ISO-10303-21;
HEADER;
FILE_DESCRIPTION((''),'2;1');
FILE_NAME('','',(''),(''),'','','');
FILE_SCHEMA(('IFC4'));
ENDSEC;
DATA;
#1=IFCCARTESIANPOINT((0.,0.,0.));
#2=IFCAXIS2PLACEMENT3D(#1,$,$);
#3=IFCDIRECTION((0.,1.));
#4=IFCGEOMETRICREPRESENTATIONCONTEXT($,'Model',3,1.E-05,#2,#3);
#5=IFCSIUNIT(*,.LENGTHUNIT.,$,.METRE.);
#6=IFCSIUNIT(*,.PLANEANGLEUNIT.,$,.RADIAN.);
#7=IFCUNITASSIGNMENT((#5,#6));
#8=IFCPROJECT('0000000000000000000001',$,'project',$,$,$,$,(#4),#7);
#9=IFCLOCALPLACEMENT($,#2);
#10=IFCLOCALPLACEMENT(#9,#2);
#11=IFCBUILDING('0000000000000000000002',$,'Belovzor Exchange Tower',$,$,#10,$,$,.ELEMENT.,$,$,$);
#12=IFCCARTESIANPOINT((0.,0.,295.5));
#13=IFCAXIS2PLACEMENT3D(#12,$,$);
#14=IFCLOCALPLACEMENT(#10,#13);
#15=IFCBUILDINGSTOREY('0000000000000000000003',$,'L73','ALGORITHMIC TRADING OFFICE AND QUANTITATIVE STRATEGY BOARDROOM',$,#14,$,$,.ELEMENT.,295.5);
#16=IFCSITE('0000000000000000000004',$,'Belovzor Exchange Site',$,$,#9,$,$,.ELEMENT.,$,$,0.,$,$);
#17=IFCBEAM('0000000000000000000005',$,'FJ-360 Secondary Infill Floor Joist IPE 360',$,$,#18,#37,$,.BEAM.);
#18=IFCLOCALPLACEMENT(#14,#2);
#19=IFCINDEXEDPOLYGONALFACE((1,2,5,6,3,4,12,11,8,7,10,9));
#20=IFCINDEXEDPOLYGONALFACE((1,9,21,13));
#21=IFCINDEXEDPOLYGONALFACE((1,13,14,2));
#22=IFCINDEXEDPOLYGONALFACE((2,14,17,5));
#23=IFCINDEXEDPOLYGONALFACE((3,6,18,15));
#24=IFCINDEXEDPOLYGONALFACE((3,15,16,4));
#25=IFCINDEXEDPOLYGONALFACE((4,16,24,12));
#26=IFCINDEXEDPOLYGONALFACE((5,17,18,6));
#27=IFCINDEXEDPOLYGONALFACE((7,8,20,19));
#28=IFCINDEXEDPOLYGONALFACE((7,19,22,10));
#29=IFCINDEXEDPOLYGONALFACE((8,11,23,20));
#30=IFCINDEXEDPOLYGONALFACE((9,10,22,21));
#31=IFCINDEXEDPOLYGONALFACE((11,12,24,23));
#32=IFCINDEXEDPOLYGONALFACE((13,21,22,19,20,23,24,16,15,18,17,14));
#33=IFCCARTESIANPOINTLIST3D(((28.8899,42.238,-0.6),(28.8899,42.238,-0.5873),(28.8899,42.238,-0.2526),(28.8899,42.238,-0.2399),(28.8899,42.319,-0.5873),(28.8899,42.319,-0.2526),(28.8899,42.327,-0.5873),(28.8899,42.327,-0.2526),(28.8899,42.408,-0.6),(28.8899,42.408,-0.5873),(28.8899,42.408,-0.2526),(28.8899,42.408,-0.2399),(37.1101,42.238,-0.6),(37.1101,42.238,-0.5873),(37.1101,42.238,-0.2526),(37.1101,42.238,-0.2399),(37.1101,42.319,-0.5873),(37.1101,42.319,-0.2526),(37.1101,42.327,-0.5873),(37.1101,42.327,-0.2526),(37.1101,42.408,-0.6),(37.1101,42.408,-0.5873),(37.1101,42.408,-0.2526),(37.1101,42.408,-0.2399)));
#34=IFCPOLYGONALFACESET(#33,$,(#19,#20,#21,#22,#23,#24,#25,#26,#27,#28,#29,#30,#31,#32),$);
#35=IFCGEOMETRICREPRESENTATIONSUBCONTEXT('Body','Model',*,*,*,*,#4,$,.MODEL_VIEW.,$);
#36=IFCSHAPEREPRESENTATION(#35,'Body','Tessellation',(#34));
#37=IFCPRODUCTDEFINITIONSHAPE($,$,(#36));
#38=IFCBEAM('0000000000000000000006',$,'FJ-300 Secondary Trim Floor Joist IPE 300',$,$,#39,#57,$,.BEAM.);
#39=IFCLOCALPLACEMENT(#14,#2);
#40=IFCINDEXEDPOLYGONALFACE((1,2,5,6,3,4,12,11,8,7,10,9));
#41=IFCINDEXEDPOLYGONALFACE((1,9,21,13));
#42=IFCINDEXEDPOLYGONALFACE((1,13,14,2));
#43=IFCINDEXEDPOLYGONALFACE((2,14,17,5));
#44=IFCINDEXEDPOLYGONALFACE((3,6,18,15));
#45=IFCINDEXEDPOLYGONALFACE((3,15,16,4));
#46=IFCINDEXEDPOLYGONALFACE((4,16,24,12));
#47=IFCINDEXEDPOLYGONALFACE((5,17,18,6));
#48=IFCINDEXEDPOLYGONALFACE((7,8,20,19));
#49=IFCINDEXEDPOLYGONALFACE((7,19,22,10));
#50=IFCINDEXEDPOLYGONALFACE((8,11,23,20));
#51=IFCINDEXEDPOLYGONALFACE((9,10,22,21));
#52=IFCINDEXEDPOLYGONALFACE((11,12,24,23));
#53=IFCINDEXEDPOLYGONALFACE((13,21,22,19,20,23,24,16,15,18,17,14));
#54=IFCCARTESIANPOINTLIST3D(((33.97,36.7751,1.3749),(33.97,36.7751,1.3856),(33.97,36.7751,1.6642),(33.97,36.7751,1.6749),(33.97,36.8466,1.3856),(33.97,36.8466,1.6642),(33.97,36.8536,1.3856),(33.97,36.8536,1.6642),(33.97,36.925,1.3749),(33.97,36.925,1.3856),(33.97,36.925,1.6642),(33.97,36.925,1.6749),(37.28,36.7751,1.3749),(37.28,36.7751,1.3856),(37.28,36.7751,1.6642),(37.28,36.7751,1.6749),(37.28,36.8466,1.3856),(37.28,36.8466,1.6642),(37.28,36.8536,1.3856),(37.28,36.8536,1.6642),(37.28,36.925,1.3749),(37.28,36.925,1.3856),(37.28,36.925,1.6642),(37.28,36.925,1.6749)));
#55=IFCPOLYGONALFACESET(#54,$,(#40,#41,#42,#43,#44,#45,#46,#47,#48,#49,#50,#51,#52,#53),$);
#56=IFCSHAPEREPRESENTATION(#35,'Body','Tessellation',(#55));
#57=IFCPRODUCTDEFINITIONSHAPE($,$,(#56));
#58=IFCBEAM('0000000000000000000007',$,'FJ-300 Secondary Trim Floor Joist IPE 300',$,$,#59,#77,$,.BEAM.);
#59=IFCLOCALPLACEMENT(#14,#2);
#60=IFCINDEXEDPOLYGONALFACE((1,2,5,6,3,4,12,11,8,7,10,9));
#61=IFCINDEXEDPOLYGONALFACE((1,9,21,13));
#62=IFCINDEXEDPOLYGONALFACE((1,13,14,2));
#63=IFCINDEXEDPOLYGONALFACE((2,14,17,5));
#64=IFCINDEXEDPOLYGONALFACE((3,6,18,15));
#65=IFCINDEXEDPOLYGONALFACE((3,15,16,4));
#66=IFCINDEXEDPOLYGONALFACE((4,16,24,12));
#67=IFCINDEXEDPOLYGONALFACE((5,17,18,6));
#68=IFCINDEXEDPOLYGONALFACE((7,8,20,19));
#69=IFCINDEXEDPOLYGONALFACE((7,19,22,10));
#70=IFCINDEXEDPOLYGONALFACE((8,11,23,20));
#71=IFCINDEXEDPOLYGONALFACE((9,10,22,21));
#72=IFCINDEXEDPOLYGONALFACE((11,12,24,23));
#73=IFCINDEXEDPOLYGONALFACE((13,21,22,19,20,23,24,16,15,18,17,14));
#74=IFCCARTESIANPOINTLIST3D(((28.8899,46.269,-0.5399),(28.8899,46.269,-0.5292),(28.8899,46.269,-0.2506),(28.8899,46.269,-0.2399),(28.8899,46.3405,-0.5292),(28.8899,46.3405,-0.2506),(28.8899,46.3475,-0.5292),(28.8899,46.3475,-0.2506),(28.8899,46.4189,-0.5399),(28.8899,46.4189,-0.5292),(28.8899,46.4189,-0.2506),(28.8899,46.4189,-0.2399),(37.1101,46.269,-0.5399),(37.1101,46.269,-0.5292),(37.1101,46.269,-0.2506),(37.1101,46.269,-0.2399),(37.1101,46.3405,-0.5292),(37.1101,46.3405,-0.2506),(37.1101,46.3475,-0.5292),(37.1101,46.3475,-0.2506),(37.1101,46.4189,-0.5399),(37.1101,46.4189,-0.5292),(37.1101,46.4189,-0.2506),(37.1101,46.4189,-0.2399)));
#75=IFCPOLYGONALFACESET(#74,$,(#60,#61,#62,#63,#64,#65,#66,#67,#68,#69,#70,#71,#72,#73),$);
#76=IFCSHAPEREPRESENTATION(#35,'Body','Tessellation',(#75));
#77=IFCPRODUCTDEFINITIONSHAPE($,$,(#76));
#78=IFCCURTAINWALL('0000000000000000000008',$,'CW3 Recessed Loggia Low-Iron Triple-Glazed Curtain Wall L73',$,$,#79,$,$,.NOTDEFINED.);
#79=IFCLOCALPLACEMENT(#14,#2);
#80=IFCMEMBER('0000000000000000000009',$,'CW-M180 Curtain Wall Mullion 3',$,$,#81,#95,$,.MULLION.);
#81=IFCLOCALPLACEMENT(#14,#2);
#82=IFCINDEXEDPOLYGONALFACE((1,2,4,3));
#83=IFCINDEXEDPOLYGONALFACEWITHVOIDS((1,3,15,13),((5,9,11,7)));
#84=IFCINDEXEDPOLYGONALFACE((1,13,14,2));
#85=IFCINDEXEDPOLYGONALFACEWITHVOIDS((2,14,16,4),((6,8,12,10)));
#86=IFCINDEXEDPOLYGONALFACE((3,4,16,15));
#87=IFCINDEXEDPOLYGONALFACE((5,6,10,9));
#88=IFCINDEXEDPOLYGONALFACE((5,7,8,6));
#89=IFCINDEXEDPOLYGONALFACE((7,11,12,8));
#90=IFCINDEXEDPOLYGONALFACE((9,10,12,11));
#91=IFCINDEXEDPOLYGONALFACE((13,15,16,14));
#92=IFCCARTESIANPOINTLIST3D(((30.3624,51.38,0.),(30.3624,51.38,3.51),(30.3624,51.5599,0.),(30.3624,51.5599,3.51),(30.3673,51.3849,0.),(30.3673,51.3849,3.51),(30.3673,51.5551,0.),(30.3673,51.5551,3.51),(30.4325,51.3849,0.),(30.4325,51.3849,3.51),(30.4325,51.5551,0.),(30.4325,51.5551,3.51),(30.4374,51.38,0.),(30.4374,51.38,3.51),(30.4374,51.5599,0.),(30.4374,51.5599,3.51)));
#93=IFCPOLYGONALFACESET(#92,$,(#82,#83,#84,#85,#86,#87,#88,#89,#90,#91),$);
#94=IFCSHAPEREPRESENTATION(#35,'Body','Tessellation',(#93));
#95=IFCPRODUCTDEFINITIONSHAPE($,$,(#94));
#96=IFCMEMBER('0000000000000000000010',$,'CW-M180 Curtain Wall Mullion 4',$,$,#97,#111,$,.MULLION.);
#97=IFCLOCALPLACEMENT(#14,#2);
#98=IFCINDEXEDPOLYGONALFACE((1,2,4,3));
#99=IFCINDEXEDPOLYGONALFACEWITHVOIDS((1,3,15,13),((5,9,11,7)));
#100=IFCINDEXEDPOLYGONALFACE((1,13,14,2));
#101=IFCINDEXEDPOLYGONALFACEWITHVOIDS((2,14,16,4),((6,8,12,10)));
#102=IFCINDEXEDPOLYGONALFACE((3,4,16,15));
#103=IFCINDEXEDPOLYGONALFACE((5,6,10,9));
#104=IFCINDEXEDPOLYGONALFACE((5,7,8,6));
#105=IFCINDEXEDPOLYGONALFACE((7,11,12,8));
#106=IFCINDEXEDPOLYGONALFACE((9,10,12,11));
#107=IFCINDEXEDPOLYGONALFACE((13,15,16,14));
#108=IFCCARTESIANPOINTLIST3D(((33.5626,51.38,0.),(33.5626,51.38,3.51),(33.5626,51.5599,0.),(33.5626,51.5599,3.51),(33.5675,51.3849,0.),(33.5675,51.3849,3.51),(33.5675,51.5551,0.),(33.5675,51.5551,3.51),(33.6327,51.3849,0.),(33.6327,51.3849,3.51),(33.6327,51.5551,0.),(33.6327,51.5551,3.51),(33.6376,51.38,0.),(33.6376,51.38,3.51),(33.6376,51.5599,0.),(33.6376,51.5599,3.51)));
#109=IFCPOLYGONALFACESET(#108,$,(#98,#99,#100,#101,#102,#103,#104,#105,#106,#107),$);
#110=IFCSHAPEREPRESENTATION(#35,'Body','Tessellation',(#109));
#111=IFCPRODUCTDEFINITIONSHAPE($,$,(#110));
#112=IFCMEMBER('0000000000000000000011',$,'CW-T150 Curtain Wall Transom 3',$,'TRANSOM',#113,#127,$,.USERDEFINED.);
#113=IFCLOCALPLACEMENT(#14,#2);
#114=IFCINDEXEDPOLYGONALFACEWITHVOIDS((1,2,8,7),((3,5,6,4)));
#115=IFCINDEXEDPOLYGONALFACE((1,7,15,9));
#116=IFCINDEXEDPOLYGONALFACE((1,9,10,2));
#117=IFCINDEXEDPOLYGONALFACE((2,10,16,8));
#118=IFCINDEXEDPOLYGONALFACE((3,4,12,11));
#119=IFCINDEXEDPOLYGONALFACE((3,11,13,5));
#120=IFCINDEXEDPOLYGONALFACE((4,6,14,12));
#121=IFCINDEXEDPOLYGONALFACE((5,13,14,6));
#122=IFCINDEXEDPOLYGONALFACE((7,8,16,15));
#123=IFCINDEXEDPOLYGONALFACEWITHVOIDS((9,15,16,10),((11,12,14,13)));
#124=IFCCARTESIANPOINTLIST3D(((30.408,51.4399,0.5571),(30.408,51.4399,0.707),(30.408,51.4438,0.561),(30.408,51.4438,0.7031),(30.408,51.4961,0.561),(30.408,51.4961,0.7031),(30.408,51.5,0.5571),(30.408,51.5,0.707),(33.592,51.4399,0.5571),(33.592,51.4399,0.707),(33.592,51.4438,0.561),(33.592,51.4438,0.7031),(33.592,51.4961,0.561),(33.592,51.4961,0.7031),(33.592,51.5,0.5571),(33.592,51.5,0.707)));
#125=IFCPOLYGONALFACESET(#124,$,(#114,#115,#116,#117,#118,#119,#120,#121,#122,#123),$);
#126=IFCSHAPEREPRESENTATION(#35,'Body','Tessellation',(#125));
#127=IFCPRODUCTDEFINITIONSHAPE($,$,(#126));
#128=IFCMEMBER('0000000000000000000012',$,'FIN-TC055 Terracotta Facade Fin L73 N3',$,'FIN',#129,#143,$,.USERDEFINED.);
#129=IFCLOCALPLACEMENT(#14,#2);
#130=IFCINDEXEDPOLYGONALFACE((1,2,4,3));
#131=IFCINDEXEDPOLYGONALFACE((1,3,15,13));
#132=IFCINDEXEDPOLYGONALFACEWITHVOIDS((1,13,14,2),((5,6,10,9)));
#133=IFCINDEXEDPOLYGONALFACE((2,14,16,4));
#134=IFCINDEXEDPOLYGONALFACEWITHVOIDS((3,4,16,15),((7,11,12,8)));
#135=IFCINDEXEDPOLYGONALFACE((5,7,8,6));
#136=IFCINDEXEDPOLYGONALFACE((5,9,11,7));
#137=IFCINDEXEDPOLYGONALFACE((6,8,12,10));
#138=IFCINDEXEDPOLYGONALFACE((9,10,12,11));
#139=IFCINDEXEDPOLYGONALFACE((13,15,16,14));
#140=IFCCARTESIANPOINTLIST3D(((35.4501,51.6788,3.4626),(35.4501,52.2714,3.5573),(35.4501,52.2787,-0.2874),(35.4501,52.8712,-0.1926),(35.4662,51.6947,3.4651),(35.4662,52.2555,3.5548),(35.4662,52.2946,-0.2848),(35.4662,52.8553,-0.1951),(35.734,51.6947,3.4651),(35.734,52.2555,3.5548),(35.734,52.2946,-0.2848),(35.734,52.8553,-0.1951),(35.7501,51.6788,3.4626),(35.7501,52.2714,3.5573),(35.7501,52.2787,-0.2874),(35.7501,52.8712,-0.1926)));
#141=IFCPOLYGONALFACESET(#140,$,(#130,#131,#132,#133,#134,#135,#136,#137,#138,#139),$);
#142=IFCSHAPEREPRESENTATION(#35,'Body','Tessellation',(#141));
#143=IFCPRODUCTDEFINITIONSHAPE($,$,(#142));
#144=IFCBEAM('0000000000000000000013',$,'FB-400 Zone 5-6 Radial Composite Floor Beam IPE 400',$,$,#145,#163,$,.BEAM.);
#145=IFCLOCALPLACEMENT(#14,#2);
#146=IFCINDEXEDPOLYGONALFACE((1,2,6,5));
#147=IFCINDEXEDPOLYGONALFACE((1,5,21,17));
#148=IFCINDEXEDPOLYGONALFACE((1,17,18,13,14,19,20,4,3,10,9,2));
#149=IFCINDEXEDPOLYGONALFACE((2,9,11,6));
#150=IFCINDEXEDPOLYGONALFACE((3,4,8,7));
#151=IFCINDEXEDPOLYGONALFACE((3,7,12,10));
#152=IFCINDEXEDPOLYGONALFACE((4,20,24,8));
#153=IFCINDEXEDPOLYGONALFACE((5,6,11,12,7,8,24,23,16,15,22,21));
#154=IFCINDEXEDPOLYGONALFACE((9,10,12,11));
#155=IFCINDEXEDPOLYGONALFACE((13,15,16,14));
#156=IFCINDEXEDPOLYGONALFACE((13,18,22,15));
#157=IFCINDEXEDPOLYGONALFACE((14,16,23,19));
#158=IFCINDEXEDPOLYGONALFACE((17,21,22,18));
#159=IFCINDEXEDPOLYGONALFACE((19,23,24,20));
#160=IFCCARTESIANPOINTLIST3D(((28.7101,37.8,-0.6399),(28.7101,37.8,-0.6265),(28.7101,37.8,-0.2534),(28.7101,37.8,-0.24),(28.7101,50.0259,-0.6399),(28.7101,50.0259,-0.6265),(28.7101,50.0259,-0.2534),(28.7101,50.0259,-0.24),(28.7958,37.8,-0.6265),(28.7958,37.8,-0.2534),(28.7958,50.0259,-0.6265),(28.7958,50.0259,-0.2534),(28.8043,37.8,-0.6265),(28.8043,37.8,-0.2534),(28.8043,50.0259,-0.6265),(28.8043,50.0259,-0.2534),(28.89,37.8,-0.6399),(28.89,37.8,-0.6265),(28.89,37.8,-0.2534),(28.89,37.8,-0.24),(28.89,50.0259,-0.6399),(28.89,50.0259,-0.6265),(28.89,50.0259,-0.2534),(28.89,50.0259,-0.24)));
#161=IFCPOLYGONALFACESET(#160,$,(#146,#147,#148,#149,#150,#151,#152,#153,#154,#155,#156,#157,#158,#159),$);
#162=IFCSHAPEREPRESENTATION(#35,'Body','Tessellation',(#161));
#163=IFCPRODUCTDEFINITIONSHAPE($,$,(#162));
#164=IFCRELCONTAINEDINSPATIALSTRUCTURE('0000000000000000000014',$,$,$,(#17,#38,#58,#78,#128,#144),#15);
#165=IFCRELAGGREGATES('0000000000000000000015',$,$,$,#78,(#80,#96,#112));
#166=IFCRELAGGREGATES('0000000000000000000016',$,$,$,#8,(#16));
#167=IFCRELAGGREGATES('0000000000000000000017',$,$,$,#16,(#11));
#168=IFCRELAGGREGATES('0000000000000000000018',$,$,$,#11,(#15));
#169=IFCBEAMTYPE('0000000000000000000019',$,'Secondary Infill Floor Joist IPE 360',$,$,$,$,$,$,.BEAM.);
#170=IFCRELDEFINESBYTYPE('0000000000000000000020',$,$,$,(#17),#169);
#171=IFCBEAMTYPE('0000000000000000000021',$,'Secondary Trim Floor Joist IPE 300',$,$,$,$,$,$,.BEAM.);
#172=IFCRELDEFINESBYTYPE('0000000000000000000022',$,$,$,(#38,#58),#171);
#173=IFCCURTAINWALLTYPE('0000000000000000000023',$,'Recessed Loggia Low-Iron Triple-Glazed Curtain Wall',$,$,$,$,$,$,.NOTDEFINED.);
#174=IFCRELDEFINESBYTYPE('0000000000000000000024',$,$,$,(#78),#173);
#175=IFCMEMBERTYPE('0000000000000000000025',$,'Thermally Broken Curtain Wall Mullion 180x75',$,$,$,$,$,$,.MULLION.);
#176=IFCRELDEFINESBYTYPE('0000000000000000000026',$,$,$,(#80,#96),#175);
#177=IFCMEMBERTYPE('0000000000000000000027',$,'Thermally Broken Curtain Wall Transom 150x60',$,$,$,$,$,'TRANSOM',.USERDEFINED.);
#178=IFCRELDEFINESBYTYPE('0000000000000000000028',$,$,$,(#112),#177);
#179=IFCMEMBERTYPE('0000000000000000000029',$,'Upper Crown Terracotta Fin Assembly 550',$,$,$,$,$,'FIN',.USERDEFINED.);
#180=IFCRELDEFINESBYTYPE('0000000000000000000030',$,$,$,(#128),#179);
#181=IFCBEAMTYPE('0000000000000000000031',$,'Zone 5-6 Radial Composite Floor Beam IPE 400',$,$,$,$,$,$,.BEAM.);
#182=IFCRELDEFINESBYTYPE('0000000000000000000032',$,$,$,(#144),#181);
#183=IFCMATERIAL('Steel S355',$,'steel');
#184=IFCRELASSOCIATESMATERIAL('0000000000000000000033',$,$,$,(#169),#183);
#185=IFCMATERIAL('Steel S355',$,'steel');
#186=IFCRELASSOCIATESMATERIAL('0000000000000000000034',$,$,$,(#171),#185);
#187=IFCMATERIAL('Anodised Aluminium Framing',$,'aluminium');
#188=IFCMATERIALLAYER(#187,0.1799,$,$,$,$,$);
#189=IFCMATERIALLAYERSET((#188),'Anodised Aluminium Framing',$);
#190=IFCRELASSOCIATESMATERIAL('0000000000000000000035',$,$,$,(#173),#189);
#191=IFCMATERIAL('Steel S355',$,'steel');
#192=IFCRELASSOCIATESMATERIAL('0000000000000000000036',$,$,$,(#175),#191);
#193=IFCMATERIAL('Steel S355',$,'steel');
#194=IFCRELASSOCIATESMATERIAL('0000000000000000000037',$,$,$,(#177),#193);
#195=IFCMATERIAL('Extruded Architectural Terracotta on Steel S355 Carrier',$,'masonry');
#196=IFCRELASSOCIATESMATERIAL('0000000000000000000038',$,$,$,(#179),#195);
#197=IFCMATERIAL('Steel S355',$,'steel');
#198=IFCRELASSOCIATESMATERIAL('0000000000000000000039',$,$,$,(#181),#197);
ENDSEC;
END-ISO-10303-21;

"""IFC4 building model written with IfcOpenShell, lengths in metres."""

from ifc_helpers import new_model, si_unit, direction, frame, origin, origin_2d, place, context, subcontext, project, spatial, hollow_rectangle, i_section, extrude, material, layer, layer_set, material_profile, profile_set, type_object, element, aggregate, save


model = new_model("IFC4")

# Units and contexts
model_context = context("Model", 3, precision=1e-05, world=origin(), true_north=direction((0.0, 1.0)))
body_context = subcontext(model_context, "Body", "Model", "MODEL_VIEW")
ifc_project = project(units=[si_unit("LENGTHUNIT", "METRE"), si_unit("PLANEANGLEUNIT", "RADIAN")], contexts=[model_context])

# Site, building, storey
site_placement = place(None, origin())
site = spatial("IfcSite", under=ifc_project, at=site_placement, Name="Belovzor Exchange Site", CompositionType="ELEMENT", RefElevation=0.0)
building_placement = place(site_placement, origin())
building = spatial("IfcBuilding", under=site, at=building_placement, Name="Belovzor Exchange Tower", CompositionType="ELEMENT")
storey_placement = place(building_placement, frame((0.0, 0.0, 295.5)))
storey = spatial("IfcBuildingStorey", under=building, at=storey_placement, Name="L73", Description="ALGORITHMIC TRADING OFFICE AND QUANTITATIVE STRATEGY BOARDROOM", CompositionType="ELEMENT", Elevation=295.5)

# Beams
ifc_material_1 = material(Name="Steel S355", Category="steel")
ifc_material_profile_1 = material_profile(ifc_material_1, i_section(OverallWidth=0.1699, OverallDepth=0.3601, WebThickness=0.0081, FlangeThickness=0.0127, at=origin_2d()))
ifc_profile_set_1 = profile_set([ifc_material_profile_1], Name="Steel S355")
beam_type_1 = type_object("IfcBeamType", Name="Secondary Infill Floor Joist IPE 360", PredefinedType="BEAM", material=ifc_profile_set_1)
beam_1_placement = place(storey_placement, frame((28.8899, 42.323, -0.4199), z_axis=(1.0, 0.0, 0.0), x_axis=(0.0, 1.0, 0.0)))
element("IfcBeam", 1, at=beam_1_placement, inside=storey, type_object=beam_type_1, Name="FJ-360 Secondary Infill Floor Joist IPE 360", PredefinedType="BEAM", context=body_context, shape_type="SweptSolid", body=[
    extrude(i_section(OverallWidth=0.1699, OverallDepth=0.3601, WebThickness=0.0081, FlangeThickness=0.0127, at=origin_2d()), origin(), (0.0, 0.0, 1.0), 8.2202),
])
ifc_material_2 = material(Name="Steel S355", Category="steel")
ifc_material_profile_2 = material_profile(ifc_material_2, i_section(OverallWidth=0.1499, OverallDepth=0.3, WebThickness=0.0071, FlangeThickness=0.0107, at=origin_2d()))
ifc_profile_set_2 = profile_set([ifc_material_profile_2], Name="Steel S355")
beam_type_2 = type_object("IfcBeamType", Name="Secondary Trim Floor Joist IPE 300", PredefinedType="BEAM", material=ifc_profile_set_2)
beam_2_placement = place(storey_placement, frame((37.28, 36.8501, 1.5249), z_axis=(-1.0, 0.0, 0.0), x_axis=(0.0, -1.0, 0.0)))
element("IfcBeam", 2, at=beam_2_placement, inside=storey, type_object=beam_type_2, Name="FJ-300 Secondary Trim Floor Joist IPE 300", PredefinedType="BEAM", context=body_context, shape_type="SweptSolid", body=[
    extrude(i_section(OverallWidth=0.1499, OverallDepth=0.3, WebThickness=0.0071, FlangeThickness=0.0107, at=origin_2d()), origin(), (0.0, 0.0, 1.0), 3.3101),
])
beam_3_placement = place(storey_placement, frame((28.8899, 46.344, -0.3899), z_axis=(1.0, 0.0, 0.0), x_axis=(0.0, 1.0, 0.0)))
element("IfcBeam", 3, at=beam_3_placement, inside=storey, type_object=beam_type_2, Name="FJ-300 Secondary Trim Floor Joist IPE 300", PredefinedType="BEAM", context=body_context, shape_type="SweptSolid", body=[
    extrude(i_section(OverallWidth=0.1499, OverallDepth=0.3, WebThickness=0.0071, FlangeThickness=0.0107, at=origin_2d()), origin(), (0.0, 0.0, 1.0), 8.2202),
])

# Curtain wall, members
ifc_material_3 = material(Name="Anodised Aluminium Framing", Category="aluminium")
ifc_layer_1 = layer(ifc_material_3, 0.1799)
ifc_layer_set_1 = layer_set([ifc_layer_1], Name="Anodised Aluminium Framing")
curtain_wall_type = type_object("IfcCurtainWallType", Name="Recessed Loggia Low-Iron Triple-Glazed Curtain Wall", PredefinedType="NOTDEFINED", material=ifc_layer_set_1)
curtain_wall_placement = place(storey_placement, origin())
curtain_wall = element("IfcCurtainWall", 4, at=curtain_wall_placement, inside=storey, type_object=curtain_wall_type, Name="CW3 Recessed Loggia Low-Iron Triple-Glazed Curtain Wall L73", PredefinedType="NOTDEFINED")
ifc_material_4 = material(Name="Steel S355", Category="steel")
ifc_material_profile_3 = material_profile(ifc_material_4, hollow_rectangle(XDim=0.075, YDim=0.1799, WallThickness=0.0049, at=origin_2d()))
ifc_profile_set_3 = profile_set([ifc_material_profile_3], Name="Steel S355")
member_type_1 = type_object("IfcMemberType", Name="Thermally Broken Curtain Wall Mullion 180x75", PredefinedType="MULLION", material=ifc_profile_set_3)
member_1_placement = place(storey_placement, frame((30.3999, 51.47, 0.0), z_axis=(0.0, 0.0, 1.0), x_axis=(1.0, 0.0, 0.0)))
member_1 = element("IfcMember", 5, at=member_1_placement, type_object=member_type_1, Name="CW-M180 Curtain Wall Mullion 3", PredefinedType="MULLION", context=body_context, shape_type="SweptSolid", body=[
    extrude(hollow_rectangle(XDim=0.075, YDim=0.1799, WallThickness=0.0049, at=origin_2d()), origin(), (0.0, 0.0, 1.0), 3.51),
])
member_2_placement = place(storey_placement, frame((33.6001, 51.47, 0.0), z_axis=(0.0, 0.0, 1.0), x_axis=(1.0, 0.0, 0.0)))
member_2 = element("IfcMember", 6, at=member_2_placement, type_object=member_type_1, Name="CW-M180 Curtain Wall Mullion 4", PredefinedType="MULLION", context=body_context, shape_type="SweptSolid", body=[
    extrude(hollow_rectangle(XDim=0.075, YDim=0.1799, WallThickness=0.0049, at=origin_2d()), origin(), (0.0, 0.0, 1.0), 3.51),
])
ifc_material_5 = material(Name="Steel S355", Category="steel")
ifc_material_profile_4 = material_profile(ifc_material_5, hollow_rectangle(XDim=0.0601, YDim=0.1499, WallThickness=0.0039, at=origin_2d()))
ifc_profile_set_4 = profile_set([ifc_material_profile_4], Name="Steel S355")
member_type_2 = type_object("IfcMemberType", Name="Thermally Broken Curtain Wall Transom 150x60", ElementType="TRANSOM", PredefinedType="USERDEFINED", material=ifc_profile_set_4)
member_3_placement = place(storey_placement, frame((30.408, 51.47, 0.6321), z_axis=(1.0, 0.0, 0.0), x_axis=(0.0, 1.0, 0.0)))
member_3 = element("IfcMember", 7, at=member_3_placement, type_object=member_type_2, Name="CW-T150 Curtain Wall Transom 3", ObjectType="TRANSOM", PredefinedType="USERDEFINED", context=body_context, shape_type="SweptSolid", body=[
    extrude(hollow_rectangle(XDim=0.0601, YDim=0.1499, WallThickness=0.0039, at=origin_2d()), origin(), (0.0, 0.0, 1.0), 3.1841),
])

# Member
ifc_material_6 = material(Name="Extruded Architectural Terracotta on Steel S355 Carrier", Category="masonry")
ifc_material_profile_5 = material_profile(ifc_material_6, hollow_rectangle(XDim=0.3, YDim=0.6001, WallThickness=0.0161, at=origin_2d()))
ifc_profile_set_5 = profile_set([ifc_material_profile_5], Name="Extruded Architectural Terracotta on Steel S355 Carrier")
member_type_3 = type_object("IfcMemberType", Name="Upper Crown Terracotta Fin Assembly 550", ElementType="FIN", PredefinedType="USERDEFINED", material=ifc_profile_set_5)
member_4_placement = place(storey_placement, frame((35.6001, 52.575, -0.24), z_axis=(0.0, -0.157953, 0.987447), x_axis=(1.0, 0.0, 0.0)))
element("IfcMember", 8, at=member_4_placement, inside=storey, type_object=member_type_3, Name="FIN-TC055 Terracotta Facade Fin L73 N3", ObjectType="FIN", PredefinedType="USERDEFINED", context=body_context, shape_type="SweptSolid", body=[
    extrude(hollow_rectangle(XDim=0.3, YDim=0.6001, WallThickness=0.0161, at=origin_2d()), origin(), (0.0, 0.0, 1.0), 3.7976),
])

# Beam
ifc_material_7 = material(Name="Steel S355", Category="steel")
ifc_material_profile_6 = material_profile(ifc_material_7, i_section(OverallWidth=0.1799, OverallDepth=0.3999, WebThickness=0.0085, FlangeThickness=0.0134, at=origin_2d()))
ifc_profile_set_6 = profile_set([ifc_material_profile_6], Name="Steel S355")
beam_type_3 = type_object("IfcBeamType", Name="Zone 5-6 Radial Composite Floor Beam IPE 400", PredefinedType="BEAM", material=ifc_profile_set_6)
beam_4_placement = place(storey_placement, frame((28.8, 37.8, -0.4399), z_axis=(0.0, 1.0, 0.0), x_axis=(-1.0, 0.0, 0.0)))
element("IfcBeam", 9, at=beam_4_placement, inside=storey, type_object=beam_type_3, Name="FB-400 Zone 5-6 Radial Composite Floor Beam IPE 400", PredefinedType="BEAM", context=body_context, shape_type="SweptSolid", body=[
    extrude(i_section(OverallWidth=0.1799, OverallDepth=0.3999, WebThickness=0.0085, FlangeThickness=0.0134, at=origin_2d()), origin(), (0.0, 0.0, 1.0), 12.2258),
])

aggregate(curtain_wall, [member_1, member_2, member_3])

save(model, "model.ifc")
